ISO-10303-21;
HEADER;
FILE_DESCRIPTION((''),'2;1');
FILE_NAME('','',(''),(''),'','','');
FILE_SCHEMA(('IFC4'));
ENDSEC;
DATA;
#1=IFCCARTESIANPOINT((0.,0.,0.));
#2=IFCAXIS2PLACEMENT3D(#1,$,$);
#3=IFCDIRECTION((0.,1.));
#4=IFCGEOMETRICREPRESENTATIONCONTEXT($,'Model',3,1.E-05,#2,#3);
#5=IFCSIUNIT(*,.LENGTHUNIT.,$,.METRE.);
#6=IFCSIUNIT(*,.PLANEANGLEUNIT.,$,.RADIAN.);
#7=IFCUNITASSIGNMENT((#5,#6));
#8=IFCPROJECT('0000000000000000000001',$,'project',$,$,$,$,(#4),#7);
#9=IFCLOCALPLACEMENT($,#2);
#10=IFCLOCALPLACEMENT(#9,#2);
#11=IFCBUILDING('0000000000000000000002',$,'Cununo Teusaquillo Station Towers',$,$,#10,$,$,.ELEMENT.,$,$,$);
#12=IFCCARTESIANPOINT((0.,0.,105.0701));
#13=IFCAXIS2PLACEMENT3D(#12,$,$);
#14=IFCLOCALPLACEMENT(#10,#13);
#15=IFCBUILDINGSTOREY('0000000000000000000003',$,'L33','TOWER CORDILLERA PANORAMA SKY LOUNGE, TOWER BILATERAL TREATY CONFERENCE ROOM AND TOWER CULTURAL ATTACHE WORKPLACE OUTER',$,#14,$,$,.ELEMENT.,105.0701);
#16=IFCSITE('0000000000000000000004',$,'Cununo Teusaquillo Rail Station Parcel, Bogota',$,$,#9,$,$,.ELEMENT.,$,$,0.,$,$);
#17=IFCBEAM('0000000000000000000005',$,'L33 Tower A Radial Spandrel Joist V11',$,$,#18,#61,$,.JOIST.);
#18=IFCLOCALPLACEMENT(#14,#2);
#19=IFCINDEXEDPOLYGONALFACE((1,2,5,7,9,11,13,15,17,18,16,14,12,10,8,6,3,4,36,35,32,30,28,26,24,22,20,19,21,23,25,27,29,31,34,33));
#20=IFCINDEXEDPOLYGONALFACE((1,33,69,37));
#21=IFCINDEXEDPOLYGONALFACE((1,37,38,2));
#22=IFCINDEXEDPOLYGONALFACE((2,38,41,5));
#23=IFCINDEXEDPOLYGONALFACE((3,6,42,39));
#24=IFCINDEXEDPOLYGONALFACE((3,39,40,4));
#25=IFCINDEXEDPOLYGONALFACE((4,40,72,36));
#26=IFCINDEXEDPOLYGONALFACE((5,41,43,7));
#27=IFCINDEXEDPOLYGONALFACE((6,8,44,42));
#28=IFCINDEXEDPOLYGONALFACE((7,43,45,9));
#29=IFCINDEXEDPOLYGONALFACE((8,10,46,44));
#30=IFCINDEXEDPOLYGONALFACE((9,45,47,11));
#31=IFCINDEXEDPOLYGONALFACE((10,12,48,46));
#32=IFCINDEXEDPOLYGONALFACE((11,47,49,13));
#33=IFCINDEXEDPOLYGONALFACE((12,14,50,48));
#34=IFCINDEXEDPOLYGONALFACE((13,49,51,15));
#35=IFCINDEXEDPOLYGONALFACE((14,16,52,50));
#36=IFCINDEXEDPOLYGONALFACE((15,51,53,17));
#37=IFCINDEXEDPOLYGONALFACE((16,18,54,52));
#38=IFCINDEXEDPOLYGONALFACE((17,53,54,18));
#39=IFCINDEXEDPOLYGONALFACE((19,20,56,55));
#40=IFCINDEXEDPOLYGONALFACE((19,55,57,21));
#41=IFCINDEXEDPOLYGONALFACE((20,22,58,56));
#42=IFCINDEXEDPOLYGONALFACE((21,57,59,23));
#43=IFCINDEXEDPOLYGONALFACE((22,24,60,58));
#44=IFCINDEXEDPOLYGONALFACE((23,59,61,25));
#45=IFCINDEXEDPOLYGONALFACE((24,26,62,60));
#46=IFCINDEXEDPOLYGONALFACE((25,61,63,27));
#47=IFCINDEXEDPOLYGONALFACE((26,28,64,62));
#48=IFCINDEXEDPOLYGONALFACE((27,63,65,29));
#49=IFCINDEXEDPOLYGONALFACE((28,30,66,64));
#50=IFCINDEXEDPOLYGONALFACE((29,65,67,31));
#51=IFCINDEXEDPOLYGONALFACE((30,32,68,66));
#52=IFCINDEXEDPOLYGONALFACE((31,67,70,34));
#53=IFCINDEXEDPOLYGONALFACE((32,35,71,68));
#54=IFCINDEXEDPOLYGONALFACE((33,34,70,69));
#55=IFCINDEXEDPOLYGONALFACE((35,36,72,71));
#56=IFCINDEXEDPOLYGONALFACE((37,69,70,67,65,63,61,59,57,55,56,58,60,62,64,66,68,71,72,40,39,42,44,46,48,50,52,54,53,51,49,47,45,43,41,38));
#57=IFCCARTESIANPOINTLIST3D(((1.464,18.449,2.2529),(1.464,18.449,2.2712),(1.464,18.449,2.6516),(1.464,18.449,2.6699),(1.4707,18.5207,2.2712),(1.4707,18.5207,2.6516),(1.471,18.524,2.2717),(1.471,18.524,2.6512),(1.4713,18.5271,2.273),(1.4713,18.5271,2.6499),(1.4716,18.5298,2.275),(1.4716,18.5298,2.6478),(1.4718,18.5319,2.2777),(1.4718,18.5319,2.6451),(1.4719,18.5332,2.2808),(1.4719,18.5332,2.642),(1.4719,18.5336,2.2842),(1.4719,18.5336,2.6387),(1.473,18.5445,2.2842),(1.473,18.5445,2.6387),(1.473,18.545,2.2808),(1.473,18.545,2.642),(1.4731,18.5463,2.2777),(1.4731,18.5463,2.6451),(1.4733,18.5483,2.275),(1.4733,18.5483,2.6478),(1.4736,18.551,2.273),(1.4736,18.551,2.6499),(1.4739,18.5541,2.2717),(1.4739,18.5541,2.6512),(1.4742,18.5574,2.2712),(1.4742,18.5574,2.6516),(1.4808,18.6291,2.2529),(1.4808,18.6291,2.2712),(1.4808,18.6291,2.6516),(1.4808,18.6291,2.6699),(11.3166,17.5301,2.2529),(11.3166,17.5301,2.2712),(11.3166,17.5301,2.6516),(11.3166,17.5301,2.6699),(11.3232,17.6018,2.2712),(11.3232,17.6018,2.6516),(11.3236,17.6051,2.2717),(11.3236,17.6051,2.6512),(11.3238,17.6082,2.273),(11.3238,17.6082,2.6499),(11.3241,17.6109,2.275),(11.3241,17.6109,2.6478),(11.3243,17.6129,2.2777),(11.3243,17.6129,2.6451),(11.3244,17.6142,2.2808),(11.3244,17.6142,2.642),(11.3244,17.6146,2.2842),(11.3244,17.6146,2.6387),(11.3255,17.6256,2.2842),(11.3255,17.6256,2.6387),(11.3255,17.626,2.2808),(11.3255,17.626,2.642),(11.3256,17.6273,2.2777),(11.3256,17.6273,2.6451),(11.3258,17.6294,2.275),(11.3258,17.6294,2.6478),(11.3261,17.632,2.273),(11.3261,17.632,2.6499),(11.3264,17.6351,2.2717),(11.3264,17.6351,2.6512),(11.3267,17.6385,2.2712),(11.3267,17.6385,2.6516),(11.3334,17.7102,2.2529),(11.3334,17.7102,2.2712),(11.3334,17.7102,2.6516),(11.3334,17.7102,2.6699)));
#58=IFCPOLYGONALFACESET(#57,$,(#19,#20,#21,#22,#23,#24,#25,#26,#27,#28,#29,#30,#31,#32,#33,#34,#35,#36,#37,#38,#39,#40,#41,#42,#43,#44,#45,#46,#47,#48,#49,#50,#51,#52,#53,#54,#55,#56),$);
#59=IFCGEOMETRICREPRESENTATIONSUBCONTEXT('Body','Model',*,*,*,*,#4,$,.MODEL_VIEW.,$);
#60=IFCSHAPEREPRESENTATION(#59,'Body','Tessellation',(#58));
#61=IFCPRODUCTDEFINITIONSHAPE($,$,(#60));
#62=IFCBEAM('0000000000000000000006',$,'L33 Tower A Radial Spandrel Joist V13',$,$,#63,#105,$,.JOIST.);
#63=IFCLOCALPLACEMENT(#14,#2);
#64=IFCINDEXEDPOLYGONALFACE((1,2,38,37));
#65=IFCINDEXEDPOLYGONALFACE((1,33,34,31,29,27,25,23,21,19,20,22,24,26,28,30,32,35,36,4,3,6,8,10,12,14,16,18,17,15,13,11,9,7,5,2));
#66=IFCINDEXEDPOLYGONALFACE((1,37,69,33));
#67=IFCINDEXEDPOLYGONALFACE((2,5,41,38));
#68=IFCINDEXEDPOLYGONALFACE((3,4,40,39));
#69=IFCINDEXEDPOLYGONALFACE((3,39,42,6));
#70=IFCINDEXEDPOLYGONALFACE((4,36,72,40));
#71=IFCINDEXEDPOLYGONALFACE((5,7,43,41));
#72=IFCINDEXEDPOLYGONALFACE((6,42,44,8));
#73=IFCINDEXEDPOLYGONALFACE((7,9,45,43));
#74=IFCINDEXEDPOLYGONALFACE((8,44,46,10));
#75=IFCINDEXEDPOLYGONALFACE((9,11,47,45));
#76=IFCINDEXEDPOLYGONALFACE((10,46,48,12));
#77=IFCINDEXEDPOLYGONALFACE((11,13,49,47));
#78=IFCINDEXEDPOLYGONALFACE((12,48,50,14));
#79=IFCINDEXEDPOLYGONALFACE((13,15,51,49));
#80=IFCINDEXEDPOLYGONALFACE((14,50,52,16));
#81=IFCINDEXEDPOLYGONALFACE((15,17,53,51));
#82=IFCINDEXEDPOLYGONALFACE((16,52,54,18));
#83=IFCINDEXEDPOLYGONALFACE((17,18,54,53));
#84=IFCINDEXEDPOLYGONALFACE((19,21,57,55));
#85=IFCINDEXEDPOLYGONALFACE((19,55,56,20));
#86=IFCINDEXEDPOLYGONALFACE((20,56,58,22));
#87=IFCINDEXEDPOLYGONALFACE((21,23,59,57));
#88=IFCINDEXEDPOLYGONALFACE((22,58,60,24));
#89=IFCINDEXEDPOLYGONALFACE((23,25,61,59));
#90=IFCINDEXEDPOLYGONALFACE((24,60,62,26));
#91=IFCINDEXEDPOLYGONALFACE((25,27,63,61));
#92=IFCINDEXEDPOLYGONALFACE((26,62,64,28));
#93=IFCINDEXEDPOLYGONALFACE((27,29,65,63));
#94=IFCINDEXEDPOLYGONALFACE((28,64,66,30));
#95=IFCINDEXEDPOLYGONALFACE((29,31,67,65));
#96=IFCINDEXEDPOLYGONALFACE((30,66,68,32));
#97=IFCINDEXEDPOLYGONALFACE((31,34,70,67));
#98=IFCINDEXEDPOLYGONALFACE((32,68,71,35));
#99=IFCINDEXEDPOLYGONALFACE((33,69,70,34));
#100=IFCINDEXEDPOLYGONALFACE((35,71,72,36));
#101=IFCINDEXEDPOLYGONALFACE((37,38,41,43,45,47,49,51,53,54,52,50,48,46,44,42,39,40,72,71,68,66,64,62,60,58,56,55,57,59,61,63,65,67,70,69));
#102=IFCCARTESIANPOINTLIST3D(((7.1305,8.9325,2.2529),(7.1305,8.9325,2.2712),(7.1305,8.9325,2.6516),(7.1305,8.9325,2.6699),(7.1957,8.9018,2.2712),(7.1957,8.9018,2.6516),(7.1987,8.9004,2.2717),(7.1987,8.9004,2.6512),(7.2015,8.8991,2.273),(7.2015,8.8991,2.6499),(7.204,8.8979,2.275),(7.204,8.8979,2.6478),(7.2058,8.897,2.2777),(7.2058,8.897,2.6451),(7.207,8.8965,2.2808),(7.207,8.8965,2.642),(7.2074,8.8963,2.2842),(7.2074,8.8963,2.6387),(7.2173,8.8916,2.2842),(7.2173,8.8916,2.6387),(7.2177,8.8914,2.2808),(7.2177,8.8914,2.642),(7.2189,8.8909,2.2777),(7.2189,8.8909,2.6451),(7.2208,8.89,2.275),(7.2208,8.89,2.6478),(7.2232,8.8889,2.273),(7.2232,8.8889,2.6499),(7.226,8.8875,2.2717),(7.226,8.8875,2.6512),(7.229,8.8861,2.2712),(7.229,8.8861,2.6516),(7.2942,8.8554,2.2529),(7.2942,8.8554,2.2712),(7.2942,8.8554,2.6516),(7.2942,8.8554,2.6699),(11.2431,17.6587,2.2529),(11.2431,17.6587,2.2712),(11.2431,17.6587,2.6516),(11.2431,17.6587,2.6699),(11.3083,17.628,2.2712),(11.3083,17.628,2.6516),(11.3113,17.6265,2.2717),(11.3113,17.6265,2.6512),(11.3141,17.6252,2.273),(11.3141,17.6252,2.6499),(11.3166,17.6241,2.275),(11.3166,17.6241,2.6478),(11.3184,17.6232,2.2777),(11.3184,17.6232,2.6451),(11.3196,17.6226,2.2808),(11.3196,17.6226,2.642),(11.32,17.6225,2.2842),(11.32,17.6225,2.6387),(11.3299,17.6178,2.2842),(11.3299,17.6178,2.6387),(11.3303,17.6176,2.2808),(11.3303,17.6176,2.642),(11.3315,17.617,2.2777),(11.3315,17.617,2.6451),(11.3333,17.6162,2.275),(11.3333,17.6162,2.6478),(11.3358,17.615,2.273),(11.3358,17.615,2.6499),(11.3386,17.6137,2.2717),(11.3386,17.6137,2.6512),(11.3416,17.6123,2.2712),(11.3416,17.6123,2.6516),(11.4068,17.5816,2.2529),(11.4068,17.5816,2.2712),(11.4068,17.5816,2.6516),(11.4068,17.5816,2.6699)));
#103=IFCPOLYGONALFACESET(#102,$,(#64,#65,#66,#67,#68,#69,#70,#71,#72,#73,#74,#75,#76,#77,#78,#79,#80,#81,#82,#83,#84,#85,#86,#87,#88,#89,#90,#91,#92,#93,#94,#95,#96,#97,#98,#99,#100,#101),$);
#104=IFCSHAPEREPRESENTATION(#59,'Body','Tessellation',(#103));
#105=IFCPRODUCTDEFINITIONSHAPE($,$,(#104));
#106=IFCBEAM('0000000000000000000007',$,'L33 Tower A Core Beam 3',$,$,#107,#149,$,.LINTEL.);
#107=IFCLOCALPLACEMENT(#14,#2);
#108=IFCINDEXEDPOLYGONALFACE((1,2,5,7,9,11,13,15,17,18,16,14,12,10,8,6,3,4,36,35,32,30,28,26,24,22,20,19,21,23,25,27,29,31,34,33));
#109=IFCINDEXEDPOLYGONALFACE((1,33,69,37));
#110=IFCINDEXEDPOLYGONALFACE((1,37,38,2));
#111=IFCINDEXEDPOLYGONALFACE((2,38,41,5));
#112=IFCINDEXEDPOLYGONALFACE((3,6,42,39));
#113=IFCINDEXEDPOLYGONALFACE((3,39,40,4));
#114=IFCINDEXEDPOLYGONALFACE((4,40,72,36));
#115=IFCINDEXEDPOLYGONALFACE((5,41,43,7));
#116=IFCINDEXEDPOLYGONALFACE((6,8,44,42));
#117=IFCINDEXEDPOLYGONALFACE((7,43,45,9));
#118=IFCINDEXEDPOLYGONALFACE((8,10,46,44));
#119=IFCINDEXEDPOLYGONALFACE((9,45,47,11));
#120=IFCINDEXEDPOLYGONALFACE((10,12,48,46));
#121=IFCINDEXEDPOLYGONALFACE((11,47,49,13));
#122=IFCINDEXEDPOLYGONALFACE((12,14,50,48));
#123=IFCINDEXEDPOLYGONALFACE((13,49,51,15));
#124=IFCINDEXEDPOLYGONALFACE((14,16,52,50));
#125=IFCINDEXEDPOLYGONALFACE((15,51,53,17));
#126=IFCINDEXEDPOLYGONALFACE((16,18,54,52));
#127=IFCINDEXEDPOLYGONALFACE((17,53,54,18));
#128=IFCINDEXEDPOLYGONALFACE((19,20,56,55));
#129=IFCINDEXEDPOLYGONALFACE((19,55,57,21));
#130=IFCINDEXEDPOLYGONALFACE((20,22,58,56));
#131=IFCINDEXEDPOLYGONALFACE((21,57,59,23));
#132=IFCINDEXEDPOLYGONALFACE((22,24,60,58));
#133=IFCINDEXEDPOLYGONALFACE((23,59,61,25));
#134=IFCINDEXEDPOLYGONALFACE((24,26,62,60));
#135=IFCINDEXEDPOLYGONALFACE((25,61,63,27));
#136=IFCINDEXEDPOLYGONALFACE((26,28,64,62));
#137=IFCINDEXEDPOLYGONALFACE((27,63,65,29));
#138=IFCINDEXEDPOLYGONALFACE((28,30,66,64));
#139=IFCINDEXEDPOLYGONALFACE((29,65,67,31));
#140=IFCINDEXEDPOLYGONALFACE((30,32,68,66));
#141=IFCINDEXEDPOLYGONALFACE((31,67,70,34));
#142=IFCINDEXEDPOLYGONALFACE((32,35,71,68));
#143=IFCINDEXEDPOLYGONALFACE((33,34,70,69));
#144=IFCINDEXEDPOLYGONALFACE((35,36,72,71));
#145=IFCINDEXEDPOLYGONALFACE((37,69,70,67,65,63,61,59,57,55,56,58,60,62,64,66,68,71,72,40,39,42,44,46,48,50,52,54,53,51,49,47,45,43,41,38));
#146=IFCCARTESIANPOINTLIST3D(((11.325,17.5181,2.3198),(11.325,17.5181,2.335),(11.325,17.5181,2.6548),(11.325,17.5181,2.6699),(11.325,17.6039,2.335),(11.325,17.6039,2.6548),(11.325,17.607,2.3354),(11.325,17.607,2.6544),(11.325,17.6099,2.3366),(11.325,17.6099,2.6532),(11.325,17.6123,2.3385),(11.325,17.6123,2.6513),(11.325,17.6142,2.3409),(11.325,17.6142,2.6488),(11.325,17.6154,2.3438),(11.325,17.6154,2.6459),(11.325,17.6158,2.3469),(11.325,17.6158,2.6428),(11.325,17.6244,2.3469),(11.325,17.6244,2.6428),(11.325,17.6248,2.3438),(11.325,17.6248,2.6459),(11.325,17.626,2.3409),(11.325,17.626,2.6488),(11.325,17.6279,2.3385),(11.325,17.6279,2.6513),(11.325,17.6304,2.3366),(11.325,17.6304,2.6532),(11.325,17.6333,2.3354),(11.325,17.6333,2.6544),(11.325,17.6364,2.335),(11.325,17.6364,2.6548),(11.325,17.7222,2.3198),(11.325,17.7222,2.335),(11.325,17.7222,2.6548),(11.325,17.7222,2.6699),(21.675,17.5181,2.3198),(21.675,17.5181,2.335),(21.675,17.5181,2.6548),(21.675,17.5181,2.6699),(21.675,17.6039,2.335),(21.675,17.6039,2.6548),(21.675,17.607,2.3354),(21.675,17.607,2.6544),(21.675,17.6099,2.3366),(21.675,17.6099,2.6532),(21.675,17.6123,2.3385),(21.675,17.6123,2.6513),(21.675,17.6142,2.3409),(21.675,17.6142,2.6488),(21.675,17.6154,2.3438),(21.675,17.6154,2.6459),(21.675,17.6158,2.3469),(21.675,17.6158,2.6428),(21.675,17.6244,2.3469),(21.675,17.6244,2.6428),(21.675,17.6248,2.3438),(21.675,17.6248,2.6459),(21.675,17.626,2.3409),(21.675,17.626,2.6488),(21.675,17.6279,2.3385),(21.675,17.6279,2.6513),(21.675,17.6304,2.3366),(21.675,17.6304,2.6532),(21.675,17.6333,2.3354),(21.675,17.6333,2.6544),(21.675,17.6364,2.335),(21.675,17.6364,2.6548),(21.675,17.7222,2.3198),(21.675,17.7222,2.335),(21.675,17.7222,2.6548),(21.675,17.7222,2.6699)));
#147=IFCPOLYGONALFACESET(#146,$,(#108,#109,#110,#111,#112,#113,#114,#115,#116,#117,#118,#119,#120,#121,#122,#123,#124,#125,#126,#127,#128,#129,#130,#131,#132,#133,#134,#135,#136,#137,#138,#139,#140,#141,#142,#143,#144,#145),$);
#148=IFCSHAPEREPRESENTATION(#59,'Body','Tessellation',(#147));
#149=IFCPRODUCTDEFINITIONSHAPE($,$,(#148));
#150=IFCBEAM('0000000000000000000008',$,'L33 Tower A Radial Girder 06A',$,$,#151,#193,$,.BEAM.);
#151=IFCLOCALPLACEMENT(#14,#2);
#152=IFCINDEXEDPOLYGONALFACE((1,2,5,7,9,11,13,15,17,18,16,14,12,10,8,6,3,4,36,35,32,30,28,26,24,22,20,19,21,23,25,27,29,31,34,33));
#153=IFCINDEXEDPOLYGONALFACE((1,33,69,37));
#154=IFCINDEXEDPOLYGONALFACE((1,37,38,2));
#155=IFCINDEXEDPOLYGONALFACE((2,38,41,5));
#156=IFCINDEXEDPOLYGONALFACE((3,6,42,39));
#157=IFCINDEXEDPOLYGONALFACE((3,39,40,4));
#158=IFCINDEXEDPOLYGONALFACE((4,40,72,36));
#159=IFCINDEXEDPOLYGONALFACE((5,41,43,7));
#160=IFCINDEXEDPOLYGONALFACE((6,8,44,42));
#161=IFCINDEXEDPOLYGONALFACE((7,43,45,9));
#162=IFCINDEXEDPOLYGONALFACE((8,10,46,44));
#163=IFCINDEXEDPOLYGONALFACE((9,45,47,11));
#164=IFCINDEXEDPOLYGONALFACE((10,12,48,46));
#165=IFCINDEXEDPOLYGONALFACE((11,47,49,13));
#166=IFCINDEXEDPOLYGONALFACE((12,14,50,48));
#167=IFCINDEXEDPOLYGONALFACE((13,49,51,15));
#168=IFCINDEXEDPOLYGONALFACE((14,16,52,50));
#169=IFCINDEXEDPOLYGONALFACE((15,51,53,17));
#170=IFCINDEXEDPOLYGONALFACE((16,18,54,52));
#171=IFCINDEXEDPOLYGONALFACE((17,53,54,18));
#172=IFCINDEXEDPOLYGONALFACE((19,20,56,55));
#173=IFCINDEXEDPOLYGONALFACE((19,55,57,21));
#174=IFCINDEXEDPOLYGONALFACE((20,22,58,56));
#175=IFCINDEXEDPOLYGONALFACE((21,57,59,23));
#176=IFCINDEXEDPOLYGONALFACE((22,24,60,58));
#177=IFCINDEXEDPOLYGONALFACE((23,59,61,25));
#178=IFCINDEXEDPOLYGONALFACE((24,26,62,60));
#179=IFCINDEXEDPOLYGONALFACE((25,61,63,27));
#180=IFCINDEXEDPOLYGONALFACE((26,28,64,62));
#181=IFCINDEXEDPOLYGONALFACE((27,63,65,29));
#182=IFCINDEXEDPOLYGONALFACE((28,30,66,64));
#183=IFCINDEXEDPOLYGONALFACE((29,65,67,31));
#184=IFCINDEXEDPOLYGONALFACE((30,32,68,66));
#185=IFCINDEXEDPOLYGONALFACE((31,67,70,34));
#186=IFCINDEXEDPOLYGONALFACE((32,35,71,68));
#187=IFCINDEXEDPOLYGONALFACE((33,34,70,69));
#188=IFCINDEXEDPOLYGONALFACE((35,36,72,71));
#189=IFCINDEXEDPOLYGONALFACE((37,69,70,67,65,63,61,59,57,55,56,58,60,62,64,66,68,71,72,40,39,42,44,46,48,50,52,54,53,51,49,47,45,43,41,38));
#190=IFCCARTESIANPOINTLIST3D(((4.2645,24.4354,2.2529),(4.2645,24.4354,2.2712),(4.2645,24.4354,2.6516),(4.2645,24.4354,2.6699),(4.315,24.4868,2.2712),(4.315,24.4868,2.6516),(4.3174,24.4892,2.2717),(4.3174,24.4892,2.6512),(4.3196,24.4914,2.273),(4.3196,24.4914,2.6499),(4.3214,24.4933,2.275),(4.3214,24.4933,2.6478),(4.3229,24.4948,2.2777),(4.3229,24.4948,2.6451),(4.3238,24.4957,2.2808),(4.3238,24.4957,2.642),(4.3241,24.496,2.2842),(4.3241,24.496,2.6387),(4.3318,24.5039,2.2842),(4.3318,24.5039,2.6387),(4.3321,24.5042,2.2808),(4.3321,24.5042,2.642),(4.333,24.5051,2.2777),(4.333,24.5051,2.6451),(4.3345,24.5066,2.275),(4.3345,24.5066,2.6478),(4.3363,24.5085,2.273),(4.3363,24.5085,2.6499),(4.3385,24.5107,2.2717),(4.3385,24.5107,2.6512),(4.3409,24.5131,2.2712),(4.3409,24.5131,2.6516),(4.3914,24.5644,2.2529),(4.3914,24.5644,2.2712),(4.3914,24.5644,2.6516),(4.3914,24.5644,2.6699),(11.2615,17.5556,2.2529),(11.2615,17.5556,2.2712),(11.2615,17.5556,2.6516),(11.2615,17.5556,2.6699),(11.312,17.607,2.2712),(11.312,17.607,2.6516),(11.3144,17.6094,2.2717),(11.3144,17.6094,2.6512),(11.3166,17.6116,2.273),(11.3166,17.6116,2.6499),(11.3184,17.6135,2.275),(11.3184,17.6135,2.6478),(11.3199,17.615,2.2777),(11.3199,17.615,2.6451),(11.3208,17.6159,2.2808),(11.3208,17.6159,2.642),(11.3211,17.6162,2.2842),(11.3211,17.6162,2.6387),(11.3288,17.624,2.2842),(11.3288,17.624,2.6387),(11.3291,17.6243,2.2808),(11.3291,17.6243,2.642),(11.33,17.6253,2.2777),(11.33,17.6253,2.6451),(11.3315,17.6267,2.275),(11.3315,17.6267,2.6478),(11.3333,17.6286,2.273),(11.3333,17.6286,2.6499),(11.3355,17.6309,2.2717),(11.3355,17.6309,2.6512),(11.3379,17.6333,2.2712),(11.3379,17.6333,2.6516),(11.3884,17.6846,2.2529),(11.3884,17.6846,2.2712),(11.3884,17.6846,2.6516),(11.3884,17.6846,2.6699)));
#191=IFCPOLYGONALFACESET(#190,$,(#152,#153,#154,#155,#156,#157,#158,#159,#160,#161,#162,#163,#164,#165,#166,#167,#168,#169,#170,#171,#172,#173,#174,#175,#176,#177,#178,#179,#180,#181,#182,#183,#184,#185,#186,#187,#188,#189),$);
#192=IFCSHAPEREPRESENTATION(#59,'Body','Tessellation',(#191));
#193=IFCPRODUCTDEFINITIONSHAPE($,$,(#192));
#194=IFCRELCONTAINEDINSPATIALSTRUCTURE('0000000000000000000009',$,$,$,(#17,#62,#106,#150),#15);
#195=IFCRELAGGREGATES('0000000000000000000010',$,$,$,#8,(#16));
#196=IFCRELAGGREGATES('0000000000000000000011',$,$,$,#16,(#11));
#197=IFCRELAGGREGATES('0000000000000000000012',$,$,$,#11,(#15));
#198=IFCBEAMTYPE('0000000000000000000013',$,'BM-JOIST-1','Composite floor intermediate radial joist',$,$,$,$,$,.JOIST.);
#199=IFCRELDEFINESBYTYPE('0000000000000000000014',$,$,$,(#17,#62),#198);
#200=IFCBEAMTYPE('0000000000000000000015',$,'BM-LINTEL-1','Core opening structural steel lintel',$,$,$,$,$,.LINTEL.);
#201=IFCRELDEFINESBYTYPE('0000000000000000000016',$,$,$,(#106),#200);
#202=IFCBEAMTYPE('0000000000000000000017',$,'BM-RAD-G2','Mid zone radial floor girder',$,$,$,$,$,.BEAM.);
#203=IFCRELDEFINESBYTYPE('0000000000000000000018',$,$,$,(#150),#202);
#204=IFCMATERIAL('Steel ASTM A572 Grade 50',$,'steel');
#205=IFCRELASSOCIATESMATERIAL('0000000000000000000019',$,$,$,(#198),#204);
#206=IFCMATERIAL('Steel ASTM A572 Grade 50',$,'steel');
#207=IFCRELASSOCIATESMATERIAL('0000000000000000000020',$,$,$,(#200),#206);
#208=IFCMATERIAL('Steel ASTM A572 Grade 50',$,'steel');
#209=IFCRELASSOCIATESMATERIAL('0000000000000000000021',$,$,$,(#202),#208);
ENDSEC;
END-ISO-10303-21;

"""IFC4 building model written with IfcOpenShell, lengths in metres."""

from ifc_helpers import new_model, si_unit, direction, frame, origin, origin_2d, place, context, subcontext, project, spatial, i_section, extrude, material, material_profile, profile_set, type_object, element, save


model = new_model("IFC4")

# Units and contexts
model_context = context("Model", 3, precision=1e-05, world=origin(), true_north=direction((0.0, 1.0)))
body_context = subcontext(model_context, "Body", "Model", "MODEL_VIEW")
ifc_project = project(units=[si_unit("LENGTHUNIT", "METRE"), si_unit("PLANEANGLEUNIT", "RADIAN")], contexts=[model_context])

# Site, building, storey
site_placement = place(None, origin())
site = spatial("IfcSite", under=ifc_project, at=site_placement, Name="Cununo Teusaquillo Rail Station Parcel, Bogota", CompositionType="ELEMENT", RefElevation=0.0)
building_placement = place(site_placement, origin())
building = spatial("IfcBuilding", under=site, at=building_placement, Name="Cununo Teusaquillo Station Towers", CompositionType="ELEMENT")
storey_placement = place(building_placement, frame((0.0, 0.0, 105.0701)))
storey = spatial("IfcBuildingStorey", under=building, at=storey_placement, Name="L33", Description="TOWER CORDILLERA PANORAMA SKY LOUNGE, TOWER BILATERAL TREATY CONFERENCE ROOM AND TOWER CULTURAL ATTACHE WORKPLACE OUTER", CompositionType="ELEMENT", Elevation=105.0701)

# Beams
ifc_material_1 = material(Name="Steel ASTM A572 Grade 50", Category="steel")
ifc_material_profile_1 = material_profile(ifc_material_1, i_section(OverallWidth=0.1809, OverallDepth=0.417, WebThickness=0.011, FlangeThickness=0.0183, FilletRadius=0.0129, at=origin_2d()), Name="W16X57")
ifc_profile_set_1 = profile_set([ifc_material_profile_1], Name="Steel ASTM A572 Grade 50")
beam_type_1 = type_object("IfcBeamType", Name="BM-JOIST-1", Description="Composite floor intermediate radial joist", PredefinedType="JOIST", material=ifc_profile_set_1)
beam_1_placement = place(storey_placement, frame((11.325, 17.6201, 2.4614), z_axis=(-0.995679, 0.092867, 0.0), x_axis=(-0.092867, -0.995679, 0.0)))
element("IfcBeam", 1, at=beam_1_placement, inside=storey, type_object=beam_type_1, Name="L33 Tower A Radial Spandrel Joist V11", PredefinedType="JOIST", context=body_context, shape_type="SweptSolid", body=[
    extrude(i_section(OverallWidth=0.1809, OverallDepth=0.417, WebThickness=0.011, FlangeThickness=0.0183, FilletRadius=0.0129, at=origin_2d()), origin(), (0.0, 0.0, 1.0), 9.8953),
])
beam_2_placement = place(storey_placement, frame((11.325, 17.6201, 2.4614), z_axis=(-0.42632, -0.904572, 0.0), x_axis=(0.904572, -0.42632, 0.0)))
element("IfcBeam", 2, at=beam_2_placement, inside=storey, type_object=beam_type_1, Name="L33 Tower A Radial Spandrel Joist V13", PredefinedType="JOIST", context=body_context, shape_type="SweptSolid", body=[
    extrude(i_section(OverallWidth=0.1809, OverallDepth=0.417, WebThickness=0.011, FlangeThickness=0.0183, FilletRadius=0.0129, at=origin_2d()), origin(), (0.0, 0.0, 1.0), 9.6467),
])
ifc_material_2 = material(Name="Steel ASTM A572 Grade 50", Category="steel")
ifc_material_profile_2 = material_profile(ifc_material_2, i_section(OverallWidth=0.2041, OverallDepth=0.3501, WebThickness=0.0085, FlangeThickness=0.0151, FilletRadius=0.012, at=origin_2d()), Name="W14X48")
ifc_profile_set_2 = profile_set([ifc_material_profile_2], Name="Steel ASTM A572 Grade 50")
beam_type_2 = type_object("IfcBeamType", Name="BM-LINTEL-1", Description="Core opening structural steel lintel", PredefinedType="LINTEL", material=ifc_profile_set_2)
beam_3_placement = place(storey_placement, frame((11.325, 17.6201, 2.4949), z_axis=(1.0, 0.0, 0.0), x_axis=(0.0, 1.0, 0.0)))
element("IfcBeam", 3, at=beam_3_placement, inside=storey, type_object=beam_type_2, Name="L33 Tower A Core Beam 3", PredefinedType="LINTEL", context=body_context, shape_type="SweptSolid", body=[
    extrude(i_section(OverallWidth=0.2041, OverallDepth=0.3501, WebThickness=0.0085, FlangeThickness=0.0151, FilletRadius=0.012, at=origin_2d()), origin(), (0.0, 0.0, 1.0), 10.3501),
])
ifc_material_3 = material(Name="Steel ASTM A572 Grade 50", Category="steel")
ifc_material_profile_3 = material_profile(ifc_material_3, i_section(OverallWidth=0.1809, OverallDepth=0.417, WebThickness=0.011, FlangeThickness=0.0183, FilletRadius=0.0129, at=origin_2d()), Name="W16X57")
ifc_profile_set_3 = profile_set([ifc_material_profile_3], Name="Steel ASTM A572 Grade 50")
beam_type_3 = type_object("IfcBeamType", Name="BM-RAD-G2", Description="Mid zone radial floor girder", PredefinedType="BEAM", material=ifc_profile_set_3)
beam_4_placement = place(storey_placement, frame((11.325, 17.6201, 2.4614), z_axis=(-0.713053, 0.70111, 0.0), x_axis=(-0.70111, -0.713053, 0.0)))
element("IfcBeam", 4, at=beam_4_placement, inside=storey, type_object=beam_type_3, Name="L33 Tower A Radial Girder 06A", PredefinedType="BEAM", context=body_context, shape_type="SweptSolid", body=[
    extrude(i_section(OverallWidth=0.1809, OverallDepth=0.417, WebThickness=0.011, FlangeThickness=0.0183, FilletRadius=0.0129, at=origin_2d()), origin(), (0.0, 0.0, 1.0), 9.8127),
])

save(model, "model.ifc")
